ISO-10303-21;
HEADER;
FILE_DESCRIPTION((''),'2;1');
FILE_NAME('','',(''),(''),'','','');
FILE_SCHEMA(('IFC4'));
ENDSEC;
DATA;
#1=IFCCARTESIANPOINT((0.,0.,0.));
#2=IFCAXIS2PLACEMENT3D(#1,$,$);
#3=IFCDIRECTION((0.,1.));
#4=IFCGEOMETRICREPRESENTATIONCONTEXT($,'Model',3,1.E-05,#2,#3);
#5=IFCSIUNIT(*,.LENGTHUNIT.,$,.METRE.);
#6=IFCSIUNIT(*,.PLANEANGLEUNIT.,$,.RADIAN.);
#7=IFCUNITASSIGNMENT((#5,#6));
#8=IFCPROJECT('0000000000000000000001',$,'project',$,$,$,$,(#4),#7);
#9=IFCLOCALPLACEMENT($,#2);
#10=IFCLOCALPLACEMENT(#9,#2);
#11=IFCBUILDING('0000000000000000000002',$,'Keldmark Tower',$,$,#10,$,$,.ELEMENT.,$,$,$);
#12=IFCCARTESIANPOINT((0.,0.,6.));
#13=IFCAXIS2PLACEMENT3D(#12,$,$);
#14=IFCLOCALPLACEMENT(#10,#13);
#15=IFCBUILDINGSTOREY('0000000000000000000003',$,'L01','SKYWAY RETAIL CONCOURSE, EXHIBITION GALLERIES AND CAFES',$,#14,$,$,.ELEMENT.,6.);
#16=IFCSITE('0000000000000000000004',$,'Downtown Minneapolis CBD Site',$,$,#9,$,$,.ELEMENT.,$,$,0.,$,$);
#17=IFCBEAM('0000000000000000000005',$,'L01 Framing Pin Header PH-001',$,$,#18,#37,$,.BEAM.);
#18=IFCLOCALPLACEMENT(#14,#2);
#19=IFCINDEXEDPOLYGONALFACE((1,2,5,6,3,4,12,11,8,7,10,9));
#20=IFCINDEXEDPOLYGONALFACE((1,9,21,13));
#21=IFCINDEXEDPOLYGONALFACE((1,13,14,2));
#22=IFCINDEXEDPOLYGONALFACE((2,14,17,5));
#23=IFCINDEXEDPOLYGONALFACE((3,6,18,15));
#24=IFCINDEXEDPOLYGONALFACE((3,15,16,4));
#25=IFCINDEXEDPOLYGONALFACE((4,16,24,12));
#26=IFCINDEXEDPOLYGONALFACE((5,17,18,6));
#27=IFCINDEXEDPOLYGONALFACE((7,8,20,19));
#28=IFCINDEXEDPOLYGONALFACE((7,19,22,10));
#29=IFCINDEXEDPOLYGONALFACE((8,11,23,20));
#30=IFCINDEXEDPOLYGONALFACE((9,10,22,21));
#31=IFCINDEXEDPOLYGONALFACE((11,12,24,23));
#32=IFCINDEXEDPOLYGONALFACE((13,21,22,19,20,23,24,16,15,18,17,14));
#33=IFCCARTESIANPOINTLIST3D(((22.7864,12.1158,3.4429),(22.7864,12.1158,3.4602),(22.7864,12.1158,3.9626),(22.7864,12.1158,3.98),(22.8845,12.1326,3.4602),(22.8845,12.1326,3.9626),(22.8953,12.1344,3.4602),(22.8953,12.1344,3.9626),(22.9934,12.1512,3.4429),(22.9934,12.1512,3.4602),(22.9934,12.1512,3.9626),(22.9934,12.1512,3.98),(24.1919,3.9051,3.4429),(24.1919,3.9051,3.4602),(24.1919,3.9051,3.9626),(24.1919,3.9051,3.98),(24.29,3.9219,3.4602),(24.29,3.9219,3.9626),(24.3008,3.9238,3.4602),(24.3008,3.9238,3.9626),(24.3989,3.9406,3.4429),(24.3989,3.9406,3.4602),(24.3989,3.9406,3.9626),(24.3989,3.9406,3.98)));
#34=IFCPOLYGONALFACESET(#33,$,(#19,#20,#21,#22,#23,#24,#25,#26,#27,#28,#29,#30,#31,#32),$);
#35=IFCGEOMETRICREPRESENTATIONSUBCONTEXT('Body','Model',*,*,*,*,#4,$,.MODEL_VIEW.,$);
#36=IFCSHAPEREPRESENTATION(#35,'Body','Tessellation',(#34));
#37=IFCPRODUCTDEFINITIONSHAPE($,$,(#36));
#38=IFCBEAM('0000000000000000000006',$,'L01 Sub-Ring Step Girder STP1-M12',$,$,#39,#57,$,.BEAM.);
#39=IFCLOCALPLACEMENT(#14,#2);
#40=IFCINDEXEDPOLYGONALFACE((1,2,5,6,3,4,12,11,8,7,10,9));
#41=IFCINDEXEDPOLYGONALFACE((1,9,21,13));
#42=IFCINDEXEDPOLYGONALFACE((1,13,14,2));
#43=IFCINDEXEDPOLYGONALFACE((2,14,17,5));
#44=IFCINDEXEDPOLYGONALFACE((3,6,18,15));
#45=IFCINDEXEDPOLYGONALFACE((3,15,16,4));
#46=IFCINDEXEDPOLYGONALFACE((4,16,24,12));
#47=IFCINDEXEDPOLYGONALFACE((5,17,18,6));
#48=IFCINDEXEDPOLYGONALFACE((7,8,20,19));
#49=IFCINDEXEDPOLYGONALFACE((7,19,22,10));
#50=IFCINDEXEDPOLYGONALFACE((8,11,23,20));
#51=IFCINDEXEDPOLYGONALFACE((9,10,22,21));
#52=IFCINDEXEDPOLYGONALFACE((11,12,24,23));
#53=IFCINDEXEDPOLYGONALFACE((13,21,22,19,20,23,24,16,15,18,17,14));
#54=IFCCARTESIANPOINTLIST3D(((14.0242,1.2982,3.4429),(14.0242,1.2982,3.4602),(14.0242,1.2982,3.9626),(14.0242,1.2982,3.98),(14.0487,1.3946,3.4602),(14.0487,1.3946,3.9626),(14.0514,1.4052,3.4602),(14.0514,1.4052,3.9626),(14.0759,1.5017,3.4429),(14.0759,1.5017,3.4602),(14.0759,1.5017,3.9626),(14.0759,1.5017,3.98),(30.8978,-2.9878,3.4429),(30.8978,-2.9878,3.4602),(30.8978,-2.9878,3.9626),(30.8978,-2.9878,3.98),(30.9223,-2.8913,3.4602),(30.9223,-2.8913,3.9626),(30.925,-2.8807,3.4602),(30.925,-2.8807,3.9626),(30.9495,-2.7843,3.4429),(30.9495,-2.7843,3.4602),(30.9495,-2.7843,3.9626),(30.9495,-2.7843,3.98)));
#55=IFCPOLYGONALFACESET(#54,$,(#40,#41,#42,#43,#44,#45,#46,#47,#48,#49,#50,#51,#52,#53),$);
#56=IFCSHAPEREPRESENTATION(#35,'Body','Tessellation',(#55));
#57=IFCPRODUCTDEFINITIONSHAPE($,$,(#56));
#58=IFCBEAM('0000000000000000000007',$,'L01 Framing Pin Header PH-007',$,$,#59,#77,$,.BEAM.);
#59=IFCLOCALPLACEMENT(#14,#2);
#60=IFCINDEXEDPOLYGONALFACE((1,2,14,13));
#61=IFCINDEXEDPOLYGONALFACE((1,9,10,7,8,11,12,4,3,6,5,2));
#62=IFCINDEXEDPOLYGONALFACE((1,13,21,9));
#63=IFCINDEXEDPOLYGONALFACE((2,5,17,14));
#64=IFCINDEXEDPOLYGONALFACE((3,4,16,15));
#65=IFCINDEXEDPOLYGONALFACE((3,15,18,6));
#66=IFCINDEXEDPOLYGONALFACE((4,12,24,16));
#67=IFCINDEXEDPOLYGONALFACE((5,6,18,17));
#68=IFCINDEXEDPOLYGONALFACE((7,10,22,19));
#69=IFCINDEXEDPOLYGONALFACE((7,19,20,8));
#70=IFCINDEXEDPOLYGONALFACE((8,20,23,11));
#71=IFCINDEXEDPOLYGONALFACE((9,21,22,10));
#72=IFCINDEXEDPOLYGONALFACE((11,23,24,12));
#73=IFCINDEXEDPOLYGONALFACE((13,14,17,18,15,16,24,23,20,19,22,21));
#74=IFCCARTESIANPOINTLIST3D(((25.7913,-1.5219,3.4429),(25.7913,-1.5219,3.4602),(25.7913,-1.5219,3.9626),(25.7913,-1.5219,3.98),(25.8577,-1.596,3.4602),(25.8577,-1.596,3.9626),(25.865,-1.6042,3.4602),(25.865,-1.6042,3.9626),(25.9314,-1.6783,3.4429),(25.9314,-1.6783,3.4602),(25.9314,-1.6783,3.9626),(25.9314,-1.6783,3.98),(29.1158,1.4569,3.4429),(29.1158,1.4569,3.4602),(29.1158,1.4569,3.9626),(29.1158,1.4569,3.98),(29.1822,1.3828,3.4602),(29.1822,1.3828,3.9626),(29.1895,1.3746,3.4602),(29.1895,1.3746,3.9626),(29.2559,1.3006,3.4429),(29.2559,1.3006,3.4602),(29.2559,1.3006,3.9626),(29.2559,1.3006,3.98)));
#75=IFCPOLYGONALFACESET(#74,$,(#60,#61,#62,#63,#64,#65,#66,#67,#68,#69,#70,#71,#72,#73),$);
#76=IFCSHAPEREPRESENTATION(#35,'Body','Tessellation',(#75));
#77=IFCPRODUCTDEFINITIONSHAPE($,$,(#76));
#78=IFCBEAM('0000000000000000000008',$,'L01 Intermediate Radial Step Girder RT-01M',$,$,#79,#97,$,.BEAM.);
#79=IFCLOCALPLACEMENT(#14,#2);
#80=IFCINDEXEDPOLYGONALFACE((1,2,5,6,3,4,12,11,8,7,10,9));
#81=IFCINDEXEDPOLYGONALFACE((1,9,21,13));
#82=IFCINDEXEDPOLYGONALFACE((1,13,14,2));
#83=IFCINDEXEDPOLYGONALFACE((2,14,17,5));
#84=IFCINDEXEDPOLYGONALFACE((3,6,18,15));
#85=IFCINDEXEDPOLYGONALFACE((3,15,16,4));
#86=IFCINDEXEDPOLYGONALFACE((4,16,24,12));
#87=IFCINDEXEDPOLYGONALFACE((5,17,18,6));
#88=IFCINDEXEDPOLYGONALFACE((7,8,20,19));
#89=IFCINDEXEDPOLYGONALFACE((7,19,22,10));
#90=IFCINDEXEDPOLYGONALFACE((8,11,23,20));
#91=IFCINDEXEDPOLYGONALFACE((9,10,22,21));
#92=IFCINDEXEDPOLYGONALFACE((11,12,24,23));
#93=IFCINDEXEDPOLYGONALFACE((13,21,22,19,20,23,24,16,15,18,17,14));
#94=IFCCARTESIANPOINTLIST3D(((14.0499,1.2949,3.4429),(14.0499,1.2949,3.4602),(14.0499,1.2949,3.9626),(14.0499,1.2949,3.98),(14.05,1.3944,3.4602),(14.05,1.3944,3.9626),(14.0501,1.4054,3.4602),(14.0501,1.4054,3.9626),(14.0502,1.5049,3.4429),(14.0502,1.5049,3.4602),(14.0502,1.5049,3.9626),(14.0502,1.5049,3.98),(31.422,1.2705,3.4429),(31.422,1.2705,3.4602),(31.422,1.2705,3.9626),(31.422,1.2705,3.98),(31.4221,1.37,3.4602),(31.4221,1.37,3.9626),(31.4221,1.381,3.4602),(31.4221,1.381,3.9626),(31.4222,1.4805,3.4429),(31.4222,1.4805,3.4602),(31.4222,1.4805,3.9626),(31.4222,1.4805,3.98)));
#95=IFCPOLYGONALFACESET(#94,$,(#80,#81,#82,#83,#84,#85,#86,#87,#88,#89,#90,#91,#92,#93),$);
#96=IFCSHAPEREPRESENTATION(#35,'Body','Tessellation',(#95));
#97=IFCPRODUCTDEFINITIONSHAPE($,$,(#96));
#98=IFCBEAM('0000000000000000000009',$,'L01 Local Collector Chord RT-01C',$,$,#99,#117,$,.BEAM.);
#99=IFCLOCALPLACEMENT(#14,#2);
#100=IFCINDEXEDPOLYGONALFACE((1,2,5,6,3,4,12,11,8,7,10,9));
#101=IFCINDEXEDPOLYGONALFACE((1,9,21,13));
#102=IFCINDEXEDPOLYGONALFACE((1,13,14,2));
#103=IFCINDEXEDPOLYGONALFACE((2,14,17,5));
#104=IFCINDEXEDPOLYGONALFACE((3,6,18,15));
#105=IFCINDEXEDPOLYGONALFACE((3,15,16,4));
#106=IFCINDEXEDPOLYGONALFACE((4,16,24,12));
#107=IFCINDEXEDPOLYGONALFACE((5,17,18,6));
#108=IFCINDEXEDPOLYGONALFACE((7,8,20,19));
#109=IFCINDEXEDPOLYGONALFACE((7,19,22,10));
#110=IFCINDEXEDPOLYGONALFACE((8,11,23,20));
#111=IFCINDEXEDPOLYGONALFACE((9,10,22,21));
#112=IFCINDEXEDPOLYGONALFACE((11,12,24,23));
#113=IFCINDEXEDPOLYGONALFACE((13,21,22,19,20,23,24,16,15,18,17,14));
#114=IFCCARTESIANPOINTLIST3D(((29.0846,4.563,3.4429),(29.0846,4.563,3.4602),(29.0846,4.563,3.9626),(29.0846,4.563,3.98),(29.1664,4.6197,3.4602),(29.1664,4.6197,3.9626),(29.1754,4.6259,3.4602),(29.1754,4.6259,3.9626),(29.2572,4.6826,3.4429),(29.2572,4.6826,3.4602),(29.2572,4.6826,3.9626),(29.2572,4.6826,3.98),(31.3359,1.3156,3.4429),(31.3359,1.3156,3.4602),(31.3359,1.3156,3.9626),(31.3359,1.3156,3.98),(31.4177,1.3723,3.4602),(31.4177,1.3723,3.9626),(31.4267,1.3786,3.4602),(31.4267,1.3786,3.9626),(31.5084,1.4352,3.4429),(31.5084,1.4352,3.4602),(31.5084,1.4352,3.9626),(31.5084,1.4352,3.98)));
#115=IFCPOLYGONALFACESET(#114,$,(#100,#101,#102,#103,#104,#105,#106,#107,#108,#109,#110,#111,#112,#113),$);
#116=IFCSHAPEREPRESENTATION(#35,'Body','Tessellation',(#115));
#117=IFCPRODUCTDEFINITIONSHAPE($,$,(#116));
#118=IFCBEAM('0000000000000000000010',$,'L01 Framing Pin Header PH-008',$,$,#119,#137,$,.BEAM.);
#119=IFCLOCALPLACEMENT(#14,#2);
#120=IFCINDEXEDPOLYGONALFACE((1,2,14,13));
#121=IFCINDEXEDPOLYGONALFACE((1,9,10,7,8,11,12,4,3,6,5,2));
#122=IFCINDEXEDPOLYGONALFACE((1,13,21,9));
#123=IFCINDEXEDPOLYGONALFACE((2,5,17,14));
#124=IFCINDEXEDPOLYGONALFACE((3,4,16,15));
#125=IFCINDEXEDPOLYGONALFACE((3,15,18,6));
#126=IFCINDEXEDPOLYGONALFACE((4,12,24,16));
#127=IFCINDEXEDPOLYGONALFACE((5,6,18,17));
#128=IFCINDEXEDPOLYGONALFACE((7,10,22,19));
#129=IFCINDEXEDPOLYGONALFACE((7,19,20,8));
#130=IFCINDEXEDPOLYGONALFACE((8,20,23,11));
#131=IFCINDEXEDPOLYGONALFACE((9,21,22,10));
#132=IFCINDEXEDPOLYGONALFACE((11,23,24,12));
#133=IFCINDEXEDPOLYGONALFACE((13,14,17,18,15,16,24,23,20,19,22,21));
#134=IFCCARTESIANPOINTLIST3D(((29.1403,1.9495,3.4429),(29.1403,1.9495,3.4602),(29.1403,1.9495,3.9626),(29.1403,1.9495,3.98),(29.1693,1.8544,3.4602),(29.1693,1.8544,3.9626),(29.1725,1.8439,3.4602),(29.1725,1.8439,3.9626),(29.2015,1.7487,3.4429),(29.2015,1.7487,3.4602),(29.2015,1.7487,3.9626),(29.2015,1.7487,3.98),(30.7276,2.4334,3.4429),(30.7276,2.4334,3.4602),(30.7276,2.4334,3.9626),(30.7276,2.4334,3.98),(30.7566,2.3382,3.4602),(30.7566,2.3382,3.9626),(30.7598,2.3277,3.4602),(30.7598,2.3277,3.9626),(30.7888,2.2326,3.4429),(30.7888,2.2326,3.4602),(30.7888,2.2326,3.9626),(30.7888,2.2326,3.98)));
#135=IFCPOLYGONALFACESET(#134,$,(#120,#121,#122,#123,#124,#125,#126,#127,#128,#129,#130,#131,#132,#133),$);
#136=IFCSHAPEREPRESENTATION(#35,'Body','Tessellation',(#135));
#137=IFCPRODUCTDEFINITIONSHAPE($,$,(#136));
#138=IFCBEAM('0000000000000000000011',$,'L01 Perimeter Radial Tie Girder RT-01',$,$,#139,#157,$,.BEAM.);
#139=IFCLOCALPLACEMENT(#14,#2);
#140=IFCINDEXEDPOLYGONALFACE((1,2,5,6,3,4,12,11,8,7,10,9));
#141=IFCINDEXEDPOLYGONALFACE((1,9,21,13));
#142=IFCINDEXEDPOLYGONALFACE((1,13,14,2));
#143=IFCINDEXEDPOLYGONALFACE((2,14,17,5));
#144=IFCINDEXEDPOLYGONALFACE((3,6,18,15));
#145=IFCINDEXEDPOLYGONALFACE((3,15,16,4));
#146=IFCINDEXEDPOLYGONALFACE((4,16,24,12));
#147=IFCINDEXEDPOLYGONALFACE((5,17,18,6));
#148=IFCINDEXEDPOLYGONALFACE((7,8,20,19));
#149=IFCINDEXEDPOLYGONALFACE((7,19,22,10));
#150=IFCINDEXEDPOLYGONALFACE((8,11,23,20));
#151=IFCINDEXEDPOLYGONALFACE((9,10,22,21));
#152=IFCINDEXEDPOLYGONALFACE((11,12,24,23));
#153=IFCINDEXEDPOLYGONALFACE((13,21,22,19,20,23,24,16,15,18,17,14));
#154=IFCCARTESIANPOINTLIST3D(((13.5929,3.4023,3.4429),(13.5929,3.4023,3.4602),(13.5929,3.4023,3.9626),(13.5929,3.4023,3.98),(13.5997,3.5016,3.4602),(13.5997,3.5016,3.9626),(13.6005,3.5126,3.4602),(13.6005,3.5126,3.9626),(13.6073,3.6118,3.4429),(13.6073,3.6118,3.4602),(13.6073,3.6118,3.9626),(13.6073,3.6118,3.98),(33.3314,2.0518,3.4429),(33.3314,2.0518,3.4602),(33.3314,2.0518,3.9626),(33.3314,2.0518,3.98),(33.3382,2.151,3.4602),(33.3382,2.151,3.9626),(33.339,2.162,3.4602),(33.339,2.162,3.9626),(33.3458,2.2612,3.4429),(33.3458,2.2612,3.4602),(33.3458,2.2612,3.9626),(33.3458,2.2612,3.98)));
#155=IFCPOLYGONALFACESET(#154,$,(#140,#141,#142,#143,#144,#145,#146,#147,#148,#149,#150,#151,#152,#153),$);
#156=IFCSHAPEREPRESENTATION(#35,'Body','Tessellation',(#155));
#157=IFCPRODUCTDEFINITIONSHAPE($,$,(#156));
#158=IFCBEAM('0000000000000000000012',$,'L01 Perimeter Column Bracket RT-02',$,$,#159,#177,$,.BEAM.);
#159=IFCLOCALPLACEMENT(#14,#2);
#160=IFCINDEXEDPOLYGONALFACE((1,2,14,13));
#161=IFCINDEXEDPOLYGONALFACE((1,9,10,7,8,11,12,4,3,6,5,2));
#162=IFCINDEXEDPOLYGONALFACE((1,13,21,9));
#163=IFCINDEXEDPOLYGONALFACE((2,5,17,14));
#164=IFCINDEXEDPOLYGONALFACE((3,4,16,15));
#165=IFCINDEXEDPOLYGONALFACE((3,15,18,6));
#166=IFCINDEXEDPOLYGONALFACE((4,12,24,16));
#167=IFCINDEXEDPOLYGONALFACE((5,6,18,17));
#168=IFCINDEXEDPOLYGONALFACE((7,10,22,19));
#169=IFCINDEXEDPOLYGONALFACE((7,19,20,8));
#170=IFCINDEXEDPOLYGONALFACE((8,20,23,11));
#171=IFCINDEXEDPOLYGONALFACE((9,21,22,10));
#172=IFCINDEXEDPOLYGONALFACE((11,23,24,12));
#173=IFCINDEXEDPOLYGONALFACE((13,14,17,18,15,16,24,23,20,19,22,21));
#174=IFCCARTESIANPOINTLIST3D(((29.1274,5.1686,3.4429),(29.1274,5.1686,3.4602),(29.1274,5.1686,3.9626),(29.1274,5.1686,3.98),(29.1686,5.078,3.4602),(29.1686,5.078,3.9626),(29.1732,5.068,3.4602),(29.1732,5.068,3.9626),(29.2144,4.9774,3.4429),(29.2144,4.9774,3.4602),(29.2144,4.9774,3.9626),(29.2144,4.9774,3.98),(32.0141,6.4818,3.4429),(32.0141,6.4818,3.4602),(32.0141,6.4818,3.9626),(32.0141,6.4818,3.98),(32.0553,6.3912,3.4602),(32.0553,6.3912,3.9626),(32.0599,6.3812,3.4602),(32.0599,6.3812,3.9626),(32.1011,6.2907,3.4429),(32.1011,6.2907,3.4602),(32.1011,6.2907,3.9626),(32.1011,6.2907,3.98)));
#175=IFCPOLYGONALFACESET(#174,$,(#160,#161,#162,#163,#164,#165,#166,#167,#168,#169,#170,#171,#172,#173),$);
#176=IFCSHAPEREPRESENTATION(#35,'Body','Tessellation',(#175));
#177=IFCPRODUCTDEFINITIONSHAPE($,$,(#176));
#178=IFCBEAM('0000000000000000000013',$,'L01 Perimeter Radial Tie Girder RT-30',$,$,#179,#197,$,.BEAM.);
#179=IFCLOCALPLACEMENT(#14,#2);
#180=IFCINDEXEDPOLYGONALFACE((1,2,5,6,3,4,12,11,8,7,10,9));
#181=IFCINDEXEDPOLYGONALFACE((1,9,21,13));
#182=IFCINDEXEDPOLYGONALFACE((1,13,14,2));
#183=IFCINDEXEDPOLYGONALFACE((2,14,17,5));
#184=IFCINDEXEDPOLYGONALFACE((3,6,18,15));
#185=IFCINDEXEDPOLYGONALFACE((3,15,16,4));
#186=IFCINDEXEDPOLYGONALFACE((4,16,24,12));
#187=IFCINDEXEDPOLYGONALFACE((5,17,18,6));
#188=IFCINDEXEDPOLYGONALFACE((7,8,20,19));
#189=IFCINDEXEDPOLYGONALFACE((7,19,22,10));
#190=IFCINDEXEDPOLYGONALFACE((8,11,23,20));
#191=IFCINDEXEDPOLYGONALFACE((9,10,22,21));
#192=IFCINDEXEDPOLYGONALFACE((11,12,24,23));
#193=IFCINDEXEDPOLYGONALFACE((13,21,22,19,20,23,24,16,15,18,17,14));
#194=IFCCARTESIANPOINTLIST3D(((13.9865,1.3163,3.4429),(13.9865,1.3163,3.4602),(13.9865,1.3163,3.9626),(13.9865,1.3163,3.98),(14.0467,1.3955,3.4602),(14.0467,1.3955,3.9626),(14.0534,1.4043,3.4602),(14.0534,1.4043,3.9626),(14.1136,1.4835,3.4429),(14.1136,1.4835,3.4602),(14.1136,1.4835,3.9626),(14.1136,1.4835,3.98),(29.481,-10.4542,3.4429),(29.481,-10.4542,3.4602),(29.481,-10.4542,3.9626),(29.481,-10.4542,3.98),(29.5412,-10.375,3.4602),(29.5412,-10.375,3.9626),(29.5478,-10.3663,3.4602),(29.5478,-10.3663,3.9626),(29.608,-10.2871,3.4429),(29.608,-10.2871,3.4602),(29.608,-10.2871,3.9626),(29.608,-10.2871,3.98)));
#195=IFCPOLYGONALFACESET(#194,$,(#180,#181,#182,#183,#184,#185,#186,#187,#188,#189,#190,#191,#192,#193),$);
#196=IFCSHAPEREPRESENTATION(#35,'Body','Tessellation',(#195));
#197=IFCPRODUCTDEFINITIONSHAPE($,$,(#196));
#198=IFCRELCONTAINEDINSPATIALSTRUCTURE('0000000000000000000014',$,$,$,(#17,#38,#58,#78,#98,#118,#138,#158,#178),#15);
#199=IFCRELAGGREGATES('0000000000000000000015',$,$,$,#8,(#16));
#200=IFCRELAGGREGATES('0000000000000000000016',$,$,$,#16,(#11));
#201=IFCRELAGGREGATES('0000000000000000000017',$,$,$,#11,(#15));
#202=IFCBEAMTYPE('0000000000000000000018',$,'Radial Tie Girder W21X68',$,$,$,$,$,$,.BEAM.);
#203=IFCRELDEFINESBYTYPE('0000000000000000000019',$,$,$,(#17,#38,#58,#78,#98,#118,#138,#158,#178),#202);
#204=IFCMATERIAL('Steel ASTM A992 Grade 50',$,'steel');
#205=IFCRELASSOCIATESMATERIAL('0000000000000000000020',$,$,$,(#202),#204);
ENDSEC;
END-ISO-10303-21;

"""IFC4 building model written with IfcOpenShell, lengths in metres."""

from ifc_helpers import new_model, si_unit, direction, frame, origin, origin_2d, place, context, subcontext, project, spatial, i_section, extrude, material, material_profile, profile_set, type_object, element, save


model = new_model("IFC4")

# Units and contexts
model_context = context("Model", 3, precision=1e-05, world=origin(), true_north=direction((0.0, 1.0)))
body_context = subcontext(model_context, "Body", "Model", "MODEL_VIEW")
ifc_project = project(units=[si_unit("LENGTHUNIT", "METRE"), si_unit("PLANEANGLEUNIT", "RADIAN")], contexts=[model_context])

# Site, building, storey
site_placement = place(None, origin())
site = spatial("IfcSite", under=ifc_project, at=site_placement, Name="Downtown Minneapolis CBD Site", CompositionType="ELEMENT", RefElevation=0.0)
building_placement = place(site_placement, origin())
building = spatial("IfcBuilding", under=site, at=building_placement, Name="Keldmark Tower", CompositionType="ELEMENT")
storey_placement = place(building_placement, frame((0.0, 0.0, 6.0)))
storey = spatial("IfcBuildingStorey", under=building, at=storey_placement, Name="L01", Description="SKYWAY RETAIL CONCOURSE, EXHIBITION GALLERIES AND CAFES", CompositionType="ELEMENT", Elevation=6.0)

# Beams
ifc_material_1 = material(Name="Steel ASTM A992 Grade 50", Category="steel")
ifc_material_profile_1 = material_profile(ifc_material_1, i_section(OverallWidth=0.21, OverallDepth=0.5371, WebThickness=0.011, FlangeThickness=0.0173, at=origin_2d()), Name="W21X68")
ifc_profile_set_1 = profile_set([ifc_material_profile_1], Name="Steel ASTM A992 Grade 50")
beam_type_1 = type_object("IfcBeamType", Name="Radial Tie Girder W21X68", PredefinedType="BEAM", material=ifc_profile_set_1)
beam_1_placement = place(storey_placement, frame((24.2954, 3.9229, 3.7114), z_axis=(-0.168727, 0.985663, 0.0), x_axis=(-0.985663, -0.168727, 0.0)))
element("IfcBeam", 1, at=beam_1_placement, inside=storey, type_object=beam_type_1, Name="L01 Framing Pin Header PH-001", PredefinedType="BEAM", context=body_context, shape_type="SweptSolid", body=[
    extrude(i_section(OverallWidth=0.21, OverallDepth=0.5371, WebThickness=0.011, FlangeThickness=0.0173, at=origin_2d()), origin(), (0.0, 0.0, 1.0), 8.3301),
])
beam_2_placement = place(storey_placement, frame((14.05, 1.3999, 3.7114), z_axis=(0.969223, -0.246183, 0.0), x_axis=(0.246183, 0.969223, 0.0)))
element("IfcBeam", 2, at=beam_2_placement, inside=storey, type_object=beam_type_1, Name="L01 Sub-Ring Step Girder STP1-M12", PredefinedType="BEAM", context=body_context, shape_type="SweptSolid", body=[
    extrude(i_section(OverallWidth=0.21, OverallDepth=0.5371, WebThickness=0.011, FlangeThickness=0.0173, at=origin_2d()), origin(), (0.0, 0.0, 1.0), 17.4094),
])
beam_3_placement = place(storey_placement, frame((25.8613, -1.6001, 3.7114), z_axis=(0.744769, 0.667322, 0.0), x_axis=(-0.667322, 0.744769, 0.0)))
element("IfcBeam", 3, at=beam_3_placement, inside=storey, type_object=beam_type_1, Name="L01 Framing Pin Header PH-007", PredefinedType="BEAM", context=body_context, shape_type="SweptSolid", body=[
    extrude(i_section(OverallWidth=0.21, OverallDepth=0.5371, WebThickness=0.011, FlangeThickness=0.0173, at=origin_2d()), origin(), (0.0, 0.0, 1.0), 4.4639),
])
beam_4_placement = place(storey_placement, frame((14.05, 1.3999, 3.7114), z_axis=(0.999999, -0.001405, 0.0), x_axis=(0.001405, 0.999999, 0.0)))
element("IfcBeam", 4, at=beam_4_placement, inside=storey, type_object=beam_type_1, Name="L01 Intermediate Radial Step Girder RT-01M", PredefinedType="BEAM", context=body_context, shape_type="SweptSolid", body=[
    extrude(i_section(OverallWidth=0.21, OverallDepth=0.5371, WebThickness=0.011, FlangeThickness=0.0173, at=origin_2d()), origin(), (0.0, 0.0, 1.0), 17.3721),
])
beam_5_placement = place(storey_placement, frame((29.1709, 4.6228, 3.7114), z_axis=(0.569737, -0.821827, 0.0), x_axis=(0.821827, 0.569737, 0.0)))
element("IfcBeam", 5, at=beam_5_placement, inside=storey, type_object=beam_type_1, Name="L01 Local Collector Chord RT-01C", PredefinedType="BEAM", context=body_context, shape_type="SweptSolid", body=[
    extrude(i_section(OverallWidth=0.21, OverallDepth=0.5371, WebThickness=0.011, FlangeThickness=0.0173, at=origin_2d()), origin(), (0.0, 0.0, 1.0), 3.9514),
])
beam_6_placement = place(storey_placement, frame((29.1709, 1.8491, 3.7114), z_axis=(0.956546, 0.291583, 0.0), x_axis=(-0.291583, 0.956546, 0.0)))
element("IfcBeam", 6, at=beam_6_placement, inside=storey, type_object=beam_type_1, Name="L01 Framing Pin Header PH-008", PredefinedType="BEAM", context=body_context, shape_type="SweptSolid", body=[
    extrude(i_section(OverallWidth=0.21, OverallDepth=0.5371, WebThickness=0.011, FlangeThickness=0.0173, at=origin_2d()), origin(), (0.0, 0.0, 1.0), 1.6594),
])
beam_7_placement = place(storey_placement, frame((13.6001, 3.5071, 3.7114), z_axis=(0.997667, -0.068264, 0.0), x_axis=(0.068264, 0.997667, 0.0)))
element("IfcBeam", 7, at=beam_7_placement, inside=storey, type_object=beam_type_1, Name="L01 Perimeter Radial Tie Girder RT-01", PredefinedType="BEAM", context=body_context, shape_type="SweptSolid", body=[
    extrude(i_section(OverallWidth=0.21, OverallDepth=0.5371, WebThickness=0.011, FlangeThickness=0.0173, at=origin_2d()), origin(), (0.0, 0.0, 1.0), 19.7847),
])
beam_8_placement = place(storey_placement, frame((29.1709, 5.073, 3.7114), z_axis=(0.910237, 0.414087, 0.0), x_axis=(-0.414087, 0.910237, 0.0)))
element("IfcBeam", 8, at=beam_8_placement, inside=storey, type_object=beam_type_1, Name="L01 Perimeter Column Bracket RT-02", PredefinedType="BEAM", context=body_context, shape_type="SweptSolid", body=[
    extrude(i_section(OverallWidth=0.21, OverallDepth=0.5371, WebThickness=0.011, FlangeThickness=0.0173, at=origin_2d()), origin(), (0.0, 0.0, 1.0), 3.1714),
])
beam_9_placement = place(storey_placement, frame((14.05, 1.3999, 3.7114), z_axis=(0.796292, -0.604913, 0.0), x_axis=(0.604913, 0.796292, 0.0)))
element("IfcBeam", 9, at=beam_9_placement, inside=storey, type_object=beam_type_1, Name="L01 Perimeter Radial Tie Girder RT-30", PredefinedType="BEAM", context=body_context, shape_type="SweptSolid", body=[
    extrude(i_section(OverallWidth=0.21, OverallDepth=0.5371, WebThickness=0.011, FlangeThickness=0.0173, at=origin_2d()), origin(), (0.0, 0.0, 1.0), 19.4583),
])

save(model, "model.ifc")
